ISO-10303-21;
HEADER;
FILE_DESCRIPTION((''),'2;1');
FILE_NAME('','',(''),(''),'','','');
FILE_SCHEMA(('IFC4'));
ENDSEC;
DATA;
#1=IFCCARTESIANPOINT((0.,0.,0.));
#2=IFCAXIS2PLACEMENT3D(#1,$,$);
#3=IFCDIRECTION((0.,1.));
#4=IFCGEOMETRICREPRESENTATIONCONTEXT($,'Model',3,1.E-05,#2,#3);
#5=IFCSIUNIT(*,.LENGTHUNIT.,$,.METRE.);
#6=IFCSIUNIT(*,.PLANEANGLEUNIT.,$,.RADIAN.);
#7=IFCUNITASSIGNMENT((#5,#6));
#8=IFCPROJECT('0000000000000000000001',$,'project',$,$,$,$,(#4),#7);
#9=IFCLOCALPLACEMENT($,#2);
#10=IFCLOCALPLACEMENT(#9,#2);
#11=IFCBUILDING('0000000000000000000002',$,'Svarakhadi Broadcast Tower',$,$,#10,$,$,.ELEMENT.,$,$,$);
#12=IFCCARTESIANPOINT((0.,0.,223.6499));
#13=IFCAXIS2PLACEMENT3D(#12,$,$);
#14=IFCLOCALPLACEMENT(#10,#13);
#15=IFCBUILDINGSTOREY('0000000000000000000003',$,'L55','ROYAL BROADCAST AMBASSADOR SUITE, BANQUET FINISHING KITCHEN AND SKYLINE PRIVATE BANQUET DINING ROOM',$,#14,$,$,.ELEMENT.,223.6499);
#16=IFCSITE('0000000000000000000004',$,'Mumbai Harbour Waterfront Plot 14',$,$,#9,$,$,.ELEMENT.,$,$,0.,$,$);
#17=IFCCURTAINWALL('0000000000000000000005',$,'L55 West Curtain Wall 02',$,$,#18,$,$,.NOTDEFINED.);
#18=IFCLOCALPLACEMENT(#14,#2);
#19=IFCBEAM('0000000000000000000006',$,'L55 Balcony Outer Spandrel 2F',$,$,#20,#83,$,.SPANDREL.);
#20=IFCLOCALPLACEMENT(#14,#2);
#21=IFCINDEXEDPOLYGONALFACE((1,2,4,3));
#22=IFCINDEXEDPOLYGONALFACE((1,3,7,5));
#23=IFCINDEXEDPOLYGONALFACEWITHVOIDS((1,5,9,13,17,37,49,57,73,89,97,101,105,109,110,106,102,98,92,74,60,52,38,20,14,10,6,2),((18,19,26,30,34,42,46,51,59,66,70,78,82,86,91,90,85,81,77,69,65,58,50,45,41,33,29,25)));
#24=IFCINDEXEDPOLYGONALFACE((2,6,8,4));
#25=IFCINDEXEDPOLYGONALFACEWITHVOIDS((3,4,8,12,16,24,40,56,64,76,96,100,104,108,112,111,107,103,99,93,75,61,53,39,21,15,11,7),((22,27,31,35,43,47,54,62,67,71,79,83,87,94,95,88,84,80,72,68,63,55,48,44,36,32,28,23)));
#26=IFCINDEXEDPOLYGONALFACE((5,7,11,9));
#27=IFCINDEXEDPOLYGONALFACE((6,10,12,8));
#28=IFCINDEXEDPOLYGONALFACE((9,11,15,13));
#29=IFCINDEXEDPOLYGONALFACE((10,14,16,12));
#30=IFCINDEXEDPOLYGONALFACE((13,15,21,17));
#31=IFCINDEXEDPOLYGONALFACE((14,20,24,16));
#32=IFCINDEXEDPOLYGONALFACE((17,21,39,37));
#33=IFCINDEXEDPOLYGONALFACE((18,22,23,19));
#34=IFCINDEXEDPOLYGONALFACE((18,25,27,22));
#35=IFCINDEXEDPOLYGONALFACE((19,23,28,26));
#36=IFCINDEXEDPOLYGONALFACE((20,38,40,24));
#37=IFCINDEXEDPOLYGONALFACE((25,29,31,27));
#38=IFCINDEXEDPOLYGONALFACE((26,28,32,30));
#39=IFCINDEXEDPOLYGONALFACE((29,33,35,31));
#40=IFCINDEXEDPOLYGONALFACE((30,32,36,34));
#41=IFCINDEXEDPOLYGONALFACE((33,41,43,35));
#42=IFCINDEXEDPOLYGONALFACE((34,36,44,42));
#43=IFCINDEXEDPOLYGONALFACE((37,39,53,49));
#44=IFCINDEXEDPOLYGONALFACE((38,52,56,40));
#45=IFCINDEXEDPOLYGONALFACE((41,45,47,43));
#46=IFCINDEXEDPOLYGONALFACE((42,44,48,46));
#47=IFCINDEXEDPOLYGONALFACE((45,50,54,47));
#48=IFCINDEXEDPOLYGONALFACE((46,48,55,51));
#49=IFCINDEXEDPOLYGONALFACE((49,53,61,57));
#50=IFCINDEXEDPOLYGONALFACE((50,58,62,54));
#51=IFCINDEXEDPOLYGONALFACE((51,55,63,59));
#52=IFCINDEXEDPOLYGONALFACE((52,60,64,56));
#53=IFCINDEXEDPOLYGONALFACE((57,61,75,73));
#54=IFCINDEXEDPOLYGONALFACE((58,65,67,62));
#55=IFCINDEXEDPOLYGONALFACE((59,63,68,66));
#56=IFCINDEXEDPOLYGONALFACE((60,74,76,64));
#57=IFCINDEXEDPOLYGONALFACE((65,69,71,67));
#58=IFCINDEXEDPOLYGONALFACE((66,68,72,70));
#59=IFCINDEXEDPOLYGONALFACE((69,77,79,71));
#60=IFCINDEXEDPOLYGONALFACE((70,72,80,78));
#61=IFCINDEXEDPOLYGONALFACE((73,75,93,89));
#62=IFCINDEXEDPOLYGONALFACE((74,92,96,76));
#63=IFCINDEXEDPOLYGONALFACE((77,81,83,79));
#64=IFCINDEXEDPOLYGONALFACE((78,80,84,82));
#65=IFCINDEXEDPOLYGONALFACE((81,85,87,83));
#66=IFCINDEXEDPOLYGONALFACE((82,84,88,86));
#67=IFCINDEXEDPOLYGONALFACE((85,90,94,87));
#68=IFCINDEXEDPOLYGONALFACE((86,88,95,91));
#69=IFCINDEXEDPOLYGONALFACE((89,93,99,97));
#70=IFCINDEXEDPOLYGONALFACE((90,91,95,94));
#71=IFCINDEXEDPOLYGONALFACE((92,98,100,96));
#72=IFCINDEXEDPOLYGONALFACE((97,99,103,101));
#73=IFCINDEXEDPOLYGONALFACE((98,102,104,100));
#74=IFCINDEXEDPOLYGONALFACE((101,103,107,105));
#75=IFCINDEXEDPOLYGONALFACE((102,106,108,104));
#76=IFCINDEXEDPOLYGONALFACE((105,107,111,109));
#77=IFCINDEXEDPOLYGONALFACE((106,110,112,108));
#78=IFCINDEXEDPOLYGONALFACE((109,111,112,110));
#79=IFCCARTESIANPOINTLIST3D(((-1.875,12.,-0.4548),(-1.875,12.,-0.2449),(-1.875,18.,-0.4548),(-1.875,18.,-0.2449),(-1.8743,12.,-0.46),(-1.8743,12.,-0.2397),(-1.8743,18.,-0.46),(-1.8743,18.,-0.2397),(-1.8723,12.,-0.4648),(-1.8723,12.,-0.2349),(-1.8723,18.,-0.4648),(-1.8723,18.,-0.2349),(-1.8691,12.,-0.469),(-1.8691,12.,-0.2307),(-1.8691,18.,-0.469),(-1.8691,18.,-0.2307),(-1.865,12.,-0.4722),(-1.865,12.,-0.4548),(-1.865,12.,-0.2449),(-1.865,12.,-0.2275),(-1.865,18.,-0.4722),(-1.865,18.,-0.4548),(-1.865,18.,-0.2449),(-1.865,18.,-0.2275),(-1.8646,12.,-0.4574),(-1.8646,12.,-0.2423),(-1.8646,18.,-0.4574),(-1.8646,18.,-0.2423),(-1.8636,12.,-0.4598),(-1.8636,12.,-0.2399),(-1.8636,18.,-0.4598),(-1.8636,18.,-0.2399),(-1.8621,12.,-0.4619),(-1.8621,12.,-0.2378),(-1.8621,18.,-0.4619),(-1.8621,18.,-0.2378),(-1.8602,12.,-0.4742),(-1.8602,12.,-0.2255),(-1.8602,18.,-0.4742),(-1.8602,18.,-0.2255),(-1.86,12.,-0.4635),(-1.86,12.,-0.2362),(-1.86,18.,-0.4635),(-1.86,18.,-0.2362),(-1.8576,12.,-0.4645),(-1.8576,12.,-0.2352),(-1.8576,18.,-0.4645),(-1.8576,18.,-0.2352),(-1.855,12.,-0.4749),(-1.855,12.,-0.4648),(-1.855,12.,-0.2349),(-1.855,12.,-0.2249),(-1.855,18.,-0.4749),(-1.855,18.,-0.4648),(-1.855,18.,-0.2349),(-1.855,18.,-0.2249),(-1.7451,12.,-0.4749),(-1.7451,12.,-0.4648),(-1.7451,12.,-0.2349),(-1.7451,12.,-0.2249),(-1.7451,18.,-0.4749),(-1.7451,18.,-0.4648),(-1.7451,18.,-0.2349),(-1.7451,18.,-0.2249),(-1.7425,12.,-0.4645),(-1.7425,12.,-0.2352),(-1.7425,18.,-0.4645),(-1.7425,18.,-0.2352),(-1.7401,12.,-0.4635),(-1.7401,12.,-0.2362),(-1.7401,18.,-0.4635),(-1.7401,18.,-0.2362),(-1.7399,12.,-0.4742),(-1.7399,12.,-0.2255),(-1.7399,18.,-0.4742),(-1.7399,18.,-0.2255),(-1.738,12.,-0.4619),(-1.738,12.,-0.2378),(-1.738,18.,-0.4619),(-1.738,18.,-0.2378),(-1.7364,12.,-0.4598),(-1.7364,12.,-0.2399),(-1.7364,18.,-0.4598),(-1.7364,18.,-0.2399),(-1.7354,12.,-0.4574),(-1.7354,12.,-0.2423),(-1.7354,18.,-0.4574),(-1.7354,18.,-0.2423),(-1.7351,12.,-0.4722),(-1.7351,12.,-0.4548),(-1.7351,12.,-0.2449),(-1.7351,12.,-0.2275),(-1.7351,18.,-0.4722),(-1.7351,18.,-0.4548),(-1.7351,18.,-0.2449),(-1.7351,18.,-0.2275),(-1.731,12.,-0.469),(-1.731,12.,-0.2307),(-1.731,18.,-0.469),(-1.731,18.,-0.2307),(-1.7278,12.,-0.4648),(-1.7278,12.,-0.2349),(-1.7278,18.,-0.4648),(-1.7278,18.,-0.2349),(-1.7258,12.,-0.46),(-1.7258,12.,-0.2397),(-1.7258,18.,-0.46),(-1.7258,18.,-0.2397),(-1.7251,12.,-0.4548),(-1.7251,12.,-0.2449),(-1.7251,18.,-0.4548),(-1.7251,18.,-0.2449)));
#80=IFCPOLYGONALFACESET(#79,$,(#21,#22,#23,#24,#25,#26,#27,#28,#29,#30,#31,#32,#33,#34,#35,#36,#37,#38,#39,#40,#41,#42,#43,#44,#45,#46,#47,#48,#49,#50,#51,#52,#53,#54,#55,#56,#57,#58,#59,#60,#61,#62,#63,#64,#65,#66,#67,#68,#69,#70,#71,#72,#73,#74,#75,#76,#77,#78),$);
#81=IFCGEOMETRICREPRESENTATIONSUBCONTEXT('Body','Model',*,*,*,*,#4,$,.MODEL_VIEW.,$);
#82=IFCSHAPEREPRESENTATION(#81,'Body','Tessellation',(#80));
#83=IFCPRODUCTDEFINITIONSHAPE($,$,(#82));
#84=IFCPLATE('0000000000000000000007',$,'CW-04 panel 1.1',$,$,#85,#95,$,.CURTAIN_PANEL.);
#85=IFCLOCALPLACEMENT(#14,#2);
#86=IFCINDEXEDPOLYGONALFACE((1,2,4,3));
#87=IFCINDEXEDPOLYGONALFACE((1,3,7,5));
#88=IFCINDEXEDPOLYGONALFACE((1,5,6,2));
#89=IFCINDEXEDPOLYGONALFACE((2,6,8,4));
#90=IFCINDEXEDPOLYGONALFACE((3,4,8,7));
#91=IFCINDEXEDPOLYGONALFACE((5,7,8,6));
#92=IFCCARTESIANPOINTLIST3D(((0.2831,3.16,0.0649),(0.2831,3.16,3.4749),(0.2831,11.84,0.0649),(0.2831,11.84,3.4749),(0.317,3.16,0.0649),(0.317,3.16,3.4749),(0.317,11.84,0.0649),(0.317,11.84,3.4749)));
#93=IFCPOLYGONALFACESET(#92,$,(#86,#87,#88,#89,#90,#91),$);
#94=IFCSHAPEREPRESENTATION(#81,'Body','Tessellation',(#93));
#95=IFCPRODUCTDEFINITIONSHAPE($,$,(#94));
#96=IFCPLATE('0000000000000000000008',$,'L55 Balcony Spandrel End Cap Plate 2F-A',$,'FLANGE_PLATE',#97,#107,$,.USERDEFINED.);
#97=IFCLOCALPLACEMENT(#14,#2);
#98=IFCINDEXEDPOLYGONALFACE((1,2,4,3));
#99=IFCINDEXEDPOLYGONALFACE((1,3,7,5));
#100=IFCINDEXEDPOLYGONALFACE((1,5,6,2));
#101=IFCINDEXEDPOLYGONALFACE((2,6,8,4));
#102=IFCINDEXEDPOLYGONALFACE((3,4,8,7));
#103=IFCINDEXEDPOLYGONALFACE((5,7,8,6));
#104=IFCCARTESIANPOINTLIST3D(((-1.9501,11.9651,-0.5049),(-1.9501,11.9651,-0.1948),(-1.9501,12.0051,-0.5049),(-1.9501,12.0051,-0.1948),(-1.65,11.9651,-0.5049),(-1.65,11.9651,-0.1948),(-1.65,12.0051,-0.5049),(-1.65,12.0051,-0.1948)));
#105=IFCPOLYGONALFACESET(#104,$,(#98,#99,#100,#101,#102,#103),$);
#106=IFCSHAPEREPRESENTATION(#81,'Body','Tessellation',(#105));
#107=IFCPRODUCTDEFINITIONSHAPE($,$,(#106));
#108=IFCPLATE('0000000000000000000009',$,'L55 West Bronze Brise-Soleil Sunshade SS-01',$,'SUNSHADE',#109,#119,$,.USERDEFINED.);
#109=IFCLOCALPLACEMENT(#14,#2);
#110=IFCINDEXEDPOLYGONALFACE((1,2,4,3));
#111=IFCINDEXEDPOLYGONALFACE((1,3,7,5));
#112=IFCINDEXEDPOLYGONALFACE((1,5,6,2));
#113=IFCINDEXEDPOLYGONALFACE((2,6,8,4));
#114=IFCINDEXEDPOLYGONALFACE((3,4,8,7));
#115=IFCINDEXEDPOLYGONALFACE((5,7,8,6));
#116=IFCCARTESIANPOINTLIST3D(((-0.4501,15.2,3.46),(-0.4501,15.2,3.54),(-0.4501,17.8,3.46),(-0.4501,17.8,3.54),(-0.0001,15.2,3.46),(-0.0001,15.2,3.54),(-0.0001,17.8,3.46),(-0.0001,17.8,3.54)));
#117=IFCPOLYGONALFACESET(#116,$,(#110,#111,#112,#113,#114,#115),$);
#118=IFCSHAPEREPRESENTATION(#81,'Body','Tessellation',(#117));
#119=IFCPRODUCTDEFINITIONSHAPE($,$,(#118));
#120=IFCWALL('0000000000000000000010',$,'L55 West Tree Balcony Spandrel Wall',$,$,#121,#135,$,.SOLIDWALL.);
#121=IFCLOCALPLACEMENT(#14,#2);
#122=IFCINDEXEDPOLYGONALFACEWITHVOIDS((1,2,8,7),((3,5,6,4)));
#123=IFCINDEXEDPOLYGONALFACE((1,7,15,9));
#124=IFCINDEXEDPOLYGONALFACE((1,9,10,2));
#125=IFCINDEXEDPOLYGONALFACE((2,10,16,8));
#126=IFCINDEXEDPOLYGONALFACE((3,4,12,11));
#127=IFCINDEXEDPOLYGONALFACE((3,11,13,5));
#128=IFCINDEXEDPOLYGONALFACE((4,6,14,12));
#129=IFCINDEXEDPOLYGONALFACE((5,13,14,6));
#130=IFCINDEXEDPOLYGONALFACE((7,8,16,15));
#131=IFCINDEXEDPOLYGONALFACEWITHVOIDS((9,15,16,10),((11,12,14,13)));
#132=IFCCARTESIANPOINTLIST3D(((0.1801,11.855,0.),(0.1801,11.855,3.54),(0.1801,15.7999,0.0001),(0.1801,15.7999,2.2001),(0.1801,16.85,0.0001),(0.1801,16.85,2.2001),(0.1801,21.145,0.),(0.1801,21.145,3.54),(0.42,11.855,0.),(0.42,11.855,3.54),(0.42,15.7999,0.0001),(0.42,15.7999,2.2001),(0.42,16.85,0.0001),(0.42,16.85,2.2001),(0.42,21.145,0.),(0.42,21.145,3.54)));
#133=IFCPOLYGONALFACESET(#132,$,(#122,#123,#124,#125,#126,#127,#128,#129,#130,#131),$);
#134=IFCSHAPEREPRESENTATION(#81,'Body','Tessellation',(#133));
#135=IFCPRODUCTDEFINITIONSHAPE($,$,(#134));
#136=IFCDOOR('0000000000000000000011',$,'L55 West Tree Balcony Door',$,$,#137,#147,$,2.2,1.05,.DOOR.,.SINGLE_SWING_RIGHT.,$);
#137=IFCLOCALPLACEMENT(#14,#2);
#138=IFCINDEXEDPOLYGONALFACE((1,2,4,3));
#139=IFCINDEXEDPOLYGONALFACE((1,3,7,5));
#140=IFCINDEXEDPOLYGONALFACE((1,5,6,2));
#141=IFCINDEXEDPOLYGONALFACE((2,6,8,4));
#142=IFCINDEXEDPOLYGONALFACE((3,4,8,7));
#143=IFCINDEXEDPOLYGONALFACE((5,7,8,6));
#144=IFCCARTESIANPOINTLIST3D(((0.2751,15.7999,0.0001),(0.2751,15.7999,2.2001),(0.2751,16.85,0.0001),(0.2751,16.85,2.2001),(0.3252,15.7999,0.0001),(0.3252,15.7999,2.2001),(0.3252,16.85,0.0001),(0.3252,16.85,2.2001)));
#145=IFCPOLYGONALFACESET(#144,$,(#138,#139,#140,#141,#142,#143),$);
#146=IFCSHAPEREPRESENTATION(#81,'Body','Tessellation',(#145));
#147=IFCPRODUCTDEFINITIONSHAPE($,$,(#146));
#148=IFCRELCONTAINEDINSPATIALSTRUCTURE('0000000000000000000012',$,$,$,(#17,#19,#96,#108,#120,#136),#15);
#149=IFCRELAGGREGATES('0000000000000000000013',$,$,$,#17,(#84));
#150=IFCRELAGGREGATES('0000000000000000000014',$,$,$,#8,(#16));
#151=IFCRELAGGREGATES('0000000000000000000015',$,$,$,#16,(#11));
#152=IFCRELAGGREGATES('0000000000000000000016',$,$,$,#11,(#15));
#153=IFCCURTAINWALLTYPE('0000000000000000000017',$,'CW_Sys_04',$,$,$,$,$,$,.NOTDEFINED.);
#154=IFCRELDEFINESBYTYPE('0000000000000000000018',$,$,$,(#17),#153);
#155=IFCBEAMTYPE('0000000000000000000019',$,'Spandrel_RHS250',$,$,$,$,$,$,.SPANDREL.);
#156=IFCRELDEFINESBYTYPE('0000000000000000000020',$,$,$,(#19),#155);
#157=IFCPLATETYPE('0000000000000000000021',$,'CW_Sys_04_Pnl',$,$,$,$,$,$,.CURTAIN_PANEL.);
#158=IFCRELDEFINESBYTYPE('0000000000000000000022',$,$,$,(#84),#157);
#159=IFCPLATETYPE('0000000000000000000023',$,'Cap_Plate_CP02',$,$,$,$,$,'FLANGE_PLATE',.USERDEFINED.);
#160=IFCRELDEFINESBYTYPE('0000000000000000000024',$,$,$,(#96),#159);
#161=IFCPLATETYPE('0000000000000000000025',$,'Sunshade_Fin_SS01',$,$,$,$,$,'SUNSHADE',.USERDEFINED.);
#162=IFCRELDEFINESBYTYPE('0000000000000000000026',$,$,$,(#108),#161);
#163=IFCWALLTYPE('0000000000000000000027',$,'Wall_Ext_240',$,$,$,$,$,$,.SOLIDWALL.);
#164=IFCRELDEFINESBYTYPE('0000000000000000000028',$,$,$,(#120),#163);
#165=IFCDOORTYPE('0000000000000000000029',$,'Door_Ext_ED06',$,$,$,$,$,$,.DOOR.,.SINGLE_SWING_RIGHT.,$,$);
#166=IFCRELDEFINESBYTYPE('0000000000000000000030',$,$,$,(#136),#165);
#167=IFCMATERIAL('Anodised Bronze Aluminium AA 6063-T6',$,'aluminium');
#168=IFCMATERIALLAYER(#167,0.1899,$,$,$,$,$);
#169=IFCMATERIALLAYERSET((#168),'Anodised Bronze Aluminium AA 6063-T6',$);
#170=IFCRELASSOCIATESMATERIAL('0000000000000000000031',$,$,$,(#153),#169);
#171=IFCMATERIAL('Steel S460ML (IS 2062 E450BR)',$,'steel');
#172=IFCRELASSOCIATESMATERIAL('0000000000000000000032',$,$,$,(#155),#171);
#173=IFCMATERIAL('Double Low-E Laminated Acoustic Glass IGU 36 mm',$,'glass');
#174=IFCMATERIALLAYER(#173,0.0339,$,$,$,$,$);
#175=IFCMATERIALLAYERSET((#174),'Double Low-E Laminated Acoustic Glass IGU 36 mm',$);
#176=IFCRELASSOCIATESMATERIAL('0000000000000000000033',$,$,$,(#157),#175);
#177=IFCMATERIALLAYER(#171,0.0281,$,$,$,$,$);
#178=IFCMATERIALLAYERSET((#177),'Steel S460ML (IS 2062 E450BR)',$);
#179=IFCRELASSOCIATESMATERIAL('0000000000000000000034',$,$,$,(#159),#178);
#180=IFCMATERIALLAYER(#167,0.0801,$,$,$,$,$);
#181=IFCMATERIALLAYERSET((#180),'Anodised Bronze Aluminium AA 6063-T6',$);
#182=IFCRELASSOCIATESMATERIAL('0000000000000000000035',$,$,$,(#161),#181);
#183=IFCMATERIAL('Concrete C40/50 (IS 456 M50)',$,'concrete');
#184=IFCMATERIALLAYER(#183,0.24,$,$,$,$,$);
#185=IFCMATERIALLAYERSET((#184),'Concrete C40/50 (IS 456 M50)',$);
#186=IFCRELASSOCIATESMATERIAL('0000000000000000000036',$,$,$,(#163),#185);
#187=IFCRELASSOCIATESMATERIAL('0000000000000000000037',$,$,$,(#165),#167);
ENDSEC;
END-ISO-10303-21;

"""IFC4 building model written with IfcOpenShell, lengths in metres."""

from ifc_helpers import new_model, si_unit, direction, frame, frame_2d, origin, origin_2d, place, context, subcontext, project, spatial, rectangle, hollow_rectangle, extrude, material, layer, layer_set, material_profile, profile_set, type_object, element, fill, aggregate, save


model = new_model("IFC4")

# Units and contexts
model_context = context("Model", 3, precision=1e-05, world=origin(), true_north=direction((0.0, 1.0)))
body_context = subcontext(model_context, "Body", "Model", "MODEL_VIEW")
ifc_project = project(units=[si_unit("LENGTHUNIT", "METRE"), si_unit("PLANEANGLEUNIT", "RADIAN")], contexts=[model_context])

# Site, building, storey
site_placement = place(None, origin())
site = spatial("IfcSite", under=ifc_project, at=site_placement, Name="Mumbai Harbour Waterfront Plot 14", CompositionType="ELEMENT", RefElevation=0.0)
building_placement = place(site_placement, origin())
building = spatial("IfcBuilding", under=site, at=building_placement, Name="Svarakhadi Broadcast Tower", CompositionType="ELEMENT")
storey_placement = place(building_placement, frame((0.0, 0.0, 223.6499)))
storey = spatial("IfcBuildingStorey", under=building, at=storey_placement, Name="L55", Description="ROYAL BROADCAST AMBASSADOR SUITE, BANQUET FINISHING KITCHEN AND SKYLINE PRIVATE BANQUET DINING ROOM", CompositionType="ELEMENT", Elevation=223.6499)

# Shared definitions
ifc_material_1 = material(Name="Steel S460ML (IS 2062 E450BR)", Category="steel")

# Curtain wall
ifc_material_2 = material(Name="Anodised Bronze Aluminium AA 6063-T6", Category="aluminium")
ifc_layer_1 = layer(ifc_material_2, 0.1899)
ifc_layer_set_1 = layer_set([ifc_layer_1], Name="Anodised Bronze Aluminium AA 6063-T6")
curtain_wall_type = type_object("IfcCurtainWallType", Name="CW_Sys_04", PredefinedType="NOTDEFINED", material=ifc_layer_set_1)
curtain_wall_placement = place(storey_placement, origin())
curtain_wall = element("IfcCurtainWall", 1, at=curtain_wall_placement, inside=storey, type_object=curtain_wall_type, Name="L55 West Curtain Wall 02", PredefinedType="NOTDEFINED")

# Beam
ifc_material_profile_1 = material_profile(ifc_material_1, hollow_rectangle(XDim=0.1499, YDim=0.25, WallThickness=0.01, InnerFilletRadius=0.01, OuterFilletRadius=0.02, at=origin_2d()), Name="RHS 250x150x10")
ifc_profile_set_1 = profile_set([ifc_material_profile_1], Name="Steel S460ML (IS 2062 E450BR)")
beam_type_1 = type_object("IfcBeamType", Name="Spandrel_RHS250", PredefinedType="SPANDREL", material=ifc_profile_set_1)
beam_placement = place(storey_placement, frame((-1.8, 12.0, -0.3499), z_axis=(0.0, 1.0, 0.0), x_axis=(-1.0, 0.0, 0.0)))
element("IfcBeam", 2, at=beam_placement, inside=storey, type_object=beam_type_1, Name="L55 Balcony Outer Spandrel 2F", PredefinedType="SPANDREL", context=body_context, shape_type="SweptSolid", body=[
    extrude(hollow_rectangle(XDim=0.1499, YDim=0.25, WallThickness=0.01, InnerFilletRadius=0.01, OuterFilletRadius=0.02, at=origin_2d()), origin(), (0.0, 0.0, 1.0), 6.0),
])

# Plate
ifc_material_3 = material(Name="Double Low-E Laminated Acoustic Glass IGU 36 mm", Category="glass")
ifc_layer_2 = layer(ifc_material_3, 0.0339)
ifc_layer_set_2 = layer_set([ifc_layer_2], Name="Double Low-E Laminated Acoustic Glass IGU 36 mm")
plate_type_1 = type_object("IfcPlateType", Name="CW_Sys_04_Pnl", PredefinedType="CURTAIN_PANEL", material=ifc_layer_set_2)
plate_1_placement = place(storey_placement, frame((0.3, 7.5, 0.0649), z_axis=(0.0, 0.0, 1.0), x_axis=(0.0, 1.0, 0.0)))
plate_1 = element("IfcPlate", 3, at=plate_1_placement, type_object=plate_type_1, Name="CW-04 panel 1.1", PredefinedType="CURTAIN_PANEL", context=body_context, shape_type="SweptSolid", body=[
    extrude(rectangle(XDim=8.6799, YDim=0.0339, at=origin_2d()), origin(), (0.0, 0.0, 1.0), 3.4099),
])
aggregate(curtain_wall, [plate_1])

# Plates
ifc_layer_3 = layer(ifc_material_1, 0.0281)
ifc_layer_set_3 = layer_set([ifc_layer_3], Name="Steel S460ML (IS 2062 E450BR)")
plate_type_2 = type_object("IfcPlateType", Name="Cap_Plate_CP02", ElementType="FLANGE_PLATE", PredefinedType="USERDEFINED", material=ifc_layer_set_3)
plate_2_placement = place(storey_placement, frame((-1.8, 11.9851, -0.5049), z_axis=(0.0, 0.0, 1.0), x_axis=(1.0, 0.0, 0.0)))
element("IfcPlate", 4, at=plate_2_placement, inside=storey, type_object=plate_type_2, Name="L55 Balcony Spandrel End Cap Plate 2F-A", ObjectType="FLANGE_PLATE", PredefinedType="USERDEFINED", context=body_context, shape_type="SweptSolid", body=[
    extrude(rectangle(XDim=0.3, YDim=0.04, at=origin_2d()), origin(), (0.0, 0.0, 1.0), 0.3101),
])
ifc_layer_4 = layer(ifc_material_2, 0.0801)
ifc_layer_set_4 = layer_set([ifc_layer_4], Name="Anodised Bronze Aluminium AA 6063-T6")
plate_type_3 = type_object("IfcPlateType", Name="Sunshade_Fin_SS01", ElementType="SUNSHADE", PredefinedType="USERDEFINED", material=ifc_layer_set_4)
plate_3_placement = place(storey_placement, frame((-0.2251, 16.5, 3.46), z_axis=(0.0, 0.0, 1.0), x_axis=(0.0, 1.0, 0.0)))
element("IfcPlate", 5, at=plate_3_placement, inside=storey, type_object=plate_type_3, Name="L55 West Bronze Brise-Soleil Sunshade SS-01", ObjectType="SUNSHADE", PredefinedType="USERDEFINED", context=body_context, shape_type="SweptSolid", body=[
    extrude(rectangle(XDim=2.6001, YDim=0.45, at=origin_2d()), origin(), (0.0, 0.0, 1.0), 0.0801),
])

# Wall, opening, door
ifc_material_4 = material(Name="Concrete C40/50 (IS 456 M50)", Category="concrete")
ifc_layer_5 = layer(ifc_material_4, 0.24)
ifc_layer_set_5 = layer_set([ifc_layer_5], Name="Concrete C40/50 (IS 456 M50)")
wall_type_1 = type_object("IfcWallType", Name="Wall_Ext_240", PredefinedType="SOLIDWALL", material=ifc_layer_set_5)
wall_1_placement = place(storey_placement, frame((0.3, 11.855, 0.0), z_axis=(0.0, 0.0, 1.0), x_axis=(0.0, 1.0, 0.0)))
wall_1 = element("IfcWall", 6, at=wall_1_placement, inside=storey, type_object=wall_type_1, Name="L55 West Tree Balcony Spandrel Wall", PredefinedType="SOLIDWALL", context=body_context, shape_type="SweptSolid", body=[
    extrude(rectangle(XDim=9.29, YDim=0.24, at=frame_2d((4.645, 0.0))), origin(), (0.0, 0.0, 1.0), 3.54),
])
opening_1_placement = place(wall_1_placement, frame((3.9451, 0.0, 0.0)))
opening_1 = element("IfcOpeningElement", 7, at=opening_1_placement, cuts=wall_1, PredefinedType="OPENING", context=body_context, shape_type="SweptSolid", body=[
    extrude(rectangle(XDim=1.05, YDim=2.2, at=frame_2d((0.5249, 1.1001))), frame((0.0, 0.1299, 0.0), z_axis=(0.0, -1.0, 0.0), x_axis=(1.0, 0.0, 0.0)), (0.0, 0.0, 1.0), 0.26),
])
door_type_1 = type_object("IfcDoorType", Name="Door_Ext_ED06", OperationType="SINGLE_SWING_RIGHT", PredefinedType="DOOR", material=ifc_material_2)
door_1_placement = place(opening_1_placement, origin())
door_1 = element("IfcDoor", 8, at=door_1_placement, inside=storey, type_object=door_type_1, Name="L55 West Tree Balcony Door", OperationType="SINGLE_SWING_RIGHT", OverallHeight=2.2, OverallWidth=1.05, PredefinedType="DOOR", context=body_context, shape_type="SweptSolid", body=[
    extrude(rectangle(XDim=1.05, YDim=2.2, at=frame_2d((0.5249, 1.1001))), frame((0.0, 0.0249, 0.0), z_axis=(0.0, -1.0, 0.0), x_axis=(1.0, 0.0, 0.0)), (0.0, 0.0, 1.0), 0.05),
])
fill(opening_1, door_1)

save(model, "model.ifc")
